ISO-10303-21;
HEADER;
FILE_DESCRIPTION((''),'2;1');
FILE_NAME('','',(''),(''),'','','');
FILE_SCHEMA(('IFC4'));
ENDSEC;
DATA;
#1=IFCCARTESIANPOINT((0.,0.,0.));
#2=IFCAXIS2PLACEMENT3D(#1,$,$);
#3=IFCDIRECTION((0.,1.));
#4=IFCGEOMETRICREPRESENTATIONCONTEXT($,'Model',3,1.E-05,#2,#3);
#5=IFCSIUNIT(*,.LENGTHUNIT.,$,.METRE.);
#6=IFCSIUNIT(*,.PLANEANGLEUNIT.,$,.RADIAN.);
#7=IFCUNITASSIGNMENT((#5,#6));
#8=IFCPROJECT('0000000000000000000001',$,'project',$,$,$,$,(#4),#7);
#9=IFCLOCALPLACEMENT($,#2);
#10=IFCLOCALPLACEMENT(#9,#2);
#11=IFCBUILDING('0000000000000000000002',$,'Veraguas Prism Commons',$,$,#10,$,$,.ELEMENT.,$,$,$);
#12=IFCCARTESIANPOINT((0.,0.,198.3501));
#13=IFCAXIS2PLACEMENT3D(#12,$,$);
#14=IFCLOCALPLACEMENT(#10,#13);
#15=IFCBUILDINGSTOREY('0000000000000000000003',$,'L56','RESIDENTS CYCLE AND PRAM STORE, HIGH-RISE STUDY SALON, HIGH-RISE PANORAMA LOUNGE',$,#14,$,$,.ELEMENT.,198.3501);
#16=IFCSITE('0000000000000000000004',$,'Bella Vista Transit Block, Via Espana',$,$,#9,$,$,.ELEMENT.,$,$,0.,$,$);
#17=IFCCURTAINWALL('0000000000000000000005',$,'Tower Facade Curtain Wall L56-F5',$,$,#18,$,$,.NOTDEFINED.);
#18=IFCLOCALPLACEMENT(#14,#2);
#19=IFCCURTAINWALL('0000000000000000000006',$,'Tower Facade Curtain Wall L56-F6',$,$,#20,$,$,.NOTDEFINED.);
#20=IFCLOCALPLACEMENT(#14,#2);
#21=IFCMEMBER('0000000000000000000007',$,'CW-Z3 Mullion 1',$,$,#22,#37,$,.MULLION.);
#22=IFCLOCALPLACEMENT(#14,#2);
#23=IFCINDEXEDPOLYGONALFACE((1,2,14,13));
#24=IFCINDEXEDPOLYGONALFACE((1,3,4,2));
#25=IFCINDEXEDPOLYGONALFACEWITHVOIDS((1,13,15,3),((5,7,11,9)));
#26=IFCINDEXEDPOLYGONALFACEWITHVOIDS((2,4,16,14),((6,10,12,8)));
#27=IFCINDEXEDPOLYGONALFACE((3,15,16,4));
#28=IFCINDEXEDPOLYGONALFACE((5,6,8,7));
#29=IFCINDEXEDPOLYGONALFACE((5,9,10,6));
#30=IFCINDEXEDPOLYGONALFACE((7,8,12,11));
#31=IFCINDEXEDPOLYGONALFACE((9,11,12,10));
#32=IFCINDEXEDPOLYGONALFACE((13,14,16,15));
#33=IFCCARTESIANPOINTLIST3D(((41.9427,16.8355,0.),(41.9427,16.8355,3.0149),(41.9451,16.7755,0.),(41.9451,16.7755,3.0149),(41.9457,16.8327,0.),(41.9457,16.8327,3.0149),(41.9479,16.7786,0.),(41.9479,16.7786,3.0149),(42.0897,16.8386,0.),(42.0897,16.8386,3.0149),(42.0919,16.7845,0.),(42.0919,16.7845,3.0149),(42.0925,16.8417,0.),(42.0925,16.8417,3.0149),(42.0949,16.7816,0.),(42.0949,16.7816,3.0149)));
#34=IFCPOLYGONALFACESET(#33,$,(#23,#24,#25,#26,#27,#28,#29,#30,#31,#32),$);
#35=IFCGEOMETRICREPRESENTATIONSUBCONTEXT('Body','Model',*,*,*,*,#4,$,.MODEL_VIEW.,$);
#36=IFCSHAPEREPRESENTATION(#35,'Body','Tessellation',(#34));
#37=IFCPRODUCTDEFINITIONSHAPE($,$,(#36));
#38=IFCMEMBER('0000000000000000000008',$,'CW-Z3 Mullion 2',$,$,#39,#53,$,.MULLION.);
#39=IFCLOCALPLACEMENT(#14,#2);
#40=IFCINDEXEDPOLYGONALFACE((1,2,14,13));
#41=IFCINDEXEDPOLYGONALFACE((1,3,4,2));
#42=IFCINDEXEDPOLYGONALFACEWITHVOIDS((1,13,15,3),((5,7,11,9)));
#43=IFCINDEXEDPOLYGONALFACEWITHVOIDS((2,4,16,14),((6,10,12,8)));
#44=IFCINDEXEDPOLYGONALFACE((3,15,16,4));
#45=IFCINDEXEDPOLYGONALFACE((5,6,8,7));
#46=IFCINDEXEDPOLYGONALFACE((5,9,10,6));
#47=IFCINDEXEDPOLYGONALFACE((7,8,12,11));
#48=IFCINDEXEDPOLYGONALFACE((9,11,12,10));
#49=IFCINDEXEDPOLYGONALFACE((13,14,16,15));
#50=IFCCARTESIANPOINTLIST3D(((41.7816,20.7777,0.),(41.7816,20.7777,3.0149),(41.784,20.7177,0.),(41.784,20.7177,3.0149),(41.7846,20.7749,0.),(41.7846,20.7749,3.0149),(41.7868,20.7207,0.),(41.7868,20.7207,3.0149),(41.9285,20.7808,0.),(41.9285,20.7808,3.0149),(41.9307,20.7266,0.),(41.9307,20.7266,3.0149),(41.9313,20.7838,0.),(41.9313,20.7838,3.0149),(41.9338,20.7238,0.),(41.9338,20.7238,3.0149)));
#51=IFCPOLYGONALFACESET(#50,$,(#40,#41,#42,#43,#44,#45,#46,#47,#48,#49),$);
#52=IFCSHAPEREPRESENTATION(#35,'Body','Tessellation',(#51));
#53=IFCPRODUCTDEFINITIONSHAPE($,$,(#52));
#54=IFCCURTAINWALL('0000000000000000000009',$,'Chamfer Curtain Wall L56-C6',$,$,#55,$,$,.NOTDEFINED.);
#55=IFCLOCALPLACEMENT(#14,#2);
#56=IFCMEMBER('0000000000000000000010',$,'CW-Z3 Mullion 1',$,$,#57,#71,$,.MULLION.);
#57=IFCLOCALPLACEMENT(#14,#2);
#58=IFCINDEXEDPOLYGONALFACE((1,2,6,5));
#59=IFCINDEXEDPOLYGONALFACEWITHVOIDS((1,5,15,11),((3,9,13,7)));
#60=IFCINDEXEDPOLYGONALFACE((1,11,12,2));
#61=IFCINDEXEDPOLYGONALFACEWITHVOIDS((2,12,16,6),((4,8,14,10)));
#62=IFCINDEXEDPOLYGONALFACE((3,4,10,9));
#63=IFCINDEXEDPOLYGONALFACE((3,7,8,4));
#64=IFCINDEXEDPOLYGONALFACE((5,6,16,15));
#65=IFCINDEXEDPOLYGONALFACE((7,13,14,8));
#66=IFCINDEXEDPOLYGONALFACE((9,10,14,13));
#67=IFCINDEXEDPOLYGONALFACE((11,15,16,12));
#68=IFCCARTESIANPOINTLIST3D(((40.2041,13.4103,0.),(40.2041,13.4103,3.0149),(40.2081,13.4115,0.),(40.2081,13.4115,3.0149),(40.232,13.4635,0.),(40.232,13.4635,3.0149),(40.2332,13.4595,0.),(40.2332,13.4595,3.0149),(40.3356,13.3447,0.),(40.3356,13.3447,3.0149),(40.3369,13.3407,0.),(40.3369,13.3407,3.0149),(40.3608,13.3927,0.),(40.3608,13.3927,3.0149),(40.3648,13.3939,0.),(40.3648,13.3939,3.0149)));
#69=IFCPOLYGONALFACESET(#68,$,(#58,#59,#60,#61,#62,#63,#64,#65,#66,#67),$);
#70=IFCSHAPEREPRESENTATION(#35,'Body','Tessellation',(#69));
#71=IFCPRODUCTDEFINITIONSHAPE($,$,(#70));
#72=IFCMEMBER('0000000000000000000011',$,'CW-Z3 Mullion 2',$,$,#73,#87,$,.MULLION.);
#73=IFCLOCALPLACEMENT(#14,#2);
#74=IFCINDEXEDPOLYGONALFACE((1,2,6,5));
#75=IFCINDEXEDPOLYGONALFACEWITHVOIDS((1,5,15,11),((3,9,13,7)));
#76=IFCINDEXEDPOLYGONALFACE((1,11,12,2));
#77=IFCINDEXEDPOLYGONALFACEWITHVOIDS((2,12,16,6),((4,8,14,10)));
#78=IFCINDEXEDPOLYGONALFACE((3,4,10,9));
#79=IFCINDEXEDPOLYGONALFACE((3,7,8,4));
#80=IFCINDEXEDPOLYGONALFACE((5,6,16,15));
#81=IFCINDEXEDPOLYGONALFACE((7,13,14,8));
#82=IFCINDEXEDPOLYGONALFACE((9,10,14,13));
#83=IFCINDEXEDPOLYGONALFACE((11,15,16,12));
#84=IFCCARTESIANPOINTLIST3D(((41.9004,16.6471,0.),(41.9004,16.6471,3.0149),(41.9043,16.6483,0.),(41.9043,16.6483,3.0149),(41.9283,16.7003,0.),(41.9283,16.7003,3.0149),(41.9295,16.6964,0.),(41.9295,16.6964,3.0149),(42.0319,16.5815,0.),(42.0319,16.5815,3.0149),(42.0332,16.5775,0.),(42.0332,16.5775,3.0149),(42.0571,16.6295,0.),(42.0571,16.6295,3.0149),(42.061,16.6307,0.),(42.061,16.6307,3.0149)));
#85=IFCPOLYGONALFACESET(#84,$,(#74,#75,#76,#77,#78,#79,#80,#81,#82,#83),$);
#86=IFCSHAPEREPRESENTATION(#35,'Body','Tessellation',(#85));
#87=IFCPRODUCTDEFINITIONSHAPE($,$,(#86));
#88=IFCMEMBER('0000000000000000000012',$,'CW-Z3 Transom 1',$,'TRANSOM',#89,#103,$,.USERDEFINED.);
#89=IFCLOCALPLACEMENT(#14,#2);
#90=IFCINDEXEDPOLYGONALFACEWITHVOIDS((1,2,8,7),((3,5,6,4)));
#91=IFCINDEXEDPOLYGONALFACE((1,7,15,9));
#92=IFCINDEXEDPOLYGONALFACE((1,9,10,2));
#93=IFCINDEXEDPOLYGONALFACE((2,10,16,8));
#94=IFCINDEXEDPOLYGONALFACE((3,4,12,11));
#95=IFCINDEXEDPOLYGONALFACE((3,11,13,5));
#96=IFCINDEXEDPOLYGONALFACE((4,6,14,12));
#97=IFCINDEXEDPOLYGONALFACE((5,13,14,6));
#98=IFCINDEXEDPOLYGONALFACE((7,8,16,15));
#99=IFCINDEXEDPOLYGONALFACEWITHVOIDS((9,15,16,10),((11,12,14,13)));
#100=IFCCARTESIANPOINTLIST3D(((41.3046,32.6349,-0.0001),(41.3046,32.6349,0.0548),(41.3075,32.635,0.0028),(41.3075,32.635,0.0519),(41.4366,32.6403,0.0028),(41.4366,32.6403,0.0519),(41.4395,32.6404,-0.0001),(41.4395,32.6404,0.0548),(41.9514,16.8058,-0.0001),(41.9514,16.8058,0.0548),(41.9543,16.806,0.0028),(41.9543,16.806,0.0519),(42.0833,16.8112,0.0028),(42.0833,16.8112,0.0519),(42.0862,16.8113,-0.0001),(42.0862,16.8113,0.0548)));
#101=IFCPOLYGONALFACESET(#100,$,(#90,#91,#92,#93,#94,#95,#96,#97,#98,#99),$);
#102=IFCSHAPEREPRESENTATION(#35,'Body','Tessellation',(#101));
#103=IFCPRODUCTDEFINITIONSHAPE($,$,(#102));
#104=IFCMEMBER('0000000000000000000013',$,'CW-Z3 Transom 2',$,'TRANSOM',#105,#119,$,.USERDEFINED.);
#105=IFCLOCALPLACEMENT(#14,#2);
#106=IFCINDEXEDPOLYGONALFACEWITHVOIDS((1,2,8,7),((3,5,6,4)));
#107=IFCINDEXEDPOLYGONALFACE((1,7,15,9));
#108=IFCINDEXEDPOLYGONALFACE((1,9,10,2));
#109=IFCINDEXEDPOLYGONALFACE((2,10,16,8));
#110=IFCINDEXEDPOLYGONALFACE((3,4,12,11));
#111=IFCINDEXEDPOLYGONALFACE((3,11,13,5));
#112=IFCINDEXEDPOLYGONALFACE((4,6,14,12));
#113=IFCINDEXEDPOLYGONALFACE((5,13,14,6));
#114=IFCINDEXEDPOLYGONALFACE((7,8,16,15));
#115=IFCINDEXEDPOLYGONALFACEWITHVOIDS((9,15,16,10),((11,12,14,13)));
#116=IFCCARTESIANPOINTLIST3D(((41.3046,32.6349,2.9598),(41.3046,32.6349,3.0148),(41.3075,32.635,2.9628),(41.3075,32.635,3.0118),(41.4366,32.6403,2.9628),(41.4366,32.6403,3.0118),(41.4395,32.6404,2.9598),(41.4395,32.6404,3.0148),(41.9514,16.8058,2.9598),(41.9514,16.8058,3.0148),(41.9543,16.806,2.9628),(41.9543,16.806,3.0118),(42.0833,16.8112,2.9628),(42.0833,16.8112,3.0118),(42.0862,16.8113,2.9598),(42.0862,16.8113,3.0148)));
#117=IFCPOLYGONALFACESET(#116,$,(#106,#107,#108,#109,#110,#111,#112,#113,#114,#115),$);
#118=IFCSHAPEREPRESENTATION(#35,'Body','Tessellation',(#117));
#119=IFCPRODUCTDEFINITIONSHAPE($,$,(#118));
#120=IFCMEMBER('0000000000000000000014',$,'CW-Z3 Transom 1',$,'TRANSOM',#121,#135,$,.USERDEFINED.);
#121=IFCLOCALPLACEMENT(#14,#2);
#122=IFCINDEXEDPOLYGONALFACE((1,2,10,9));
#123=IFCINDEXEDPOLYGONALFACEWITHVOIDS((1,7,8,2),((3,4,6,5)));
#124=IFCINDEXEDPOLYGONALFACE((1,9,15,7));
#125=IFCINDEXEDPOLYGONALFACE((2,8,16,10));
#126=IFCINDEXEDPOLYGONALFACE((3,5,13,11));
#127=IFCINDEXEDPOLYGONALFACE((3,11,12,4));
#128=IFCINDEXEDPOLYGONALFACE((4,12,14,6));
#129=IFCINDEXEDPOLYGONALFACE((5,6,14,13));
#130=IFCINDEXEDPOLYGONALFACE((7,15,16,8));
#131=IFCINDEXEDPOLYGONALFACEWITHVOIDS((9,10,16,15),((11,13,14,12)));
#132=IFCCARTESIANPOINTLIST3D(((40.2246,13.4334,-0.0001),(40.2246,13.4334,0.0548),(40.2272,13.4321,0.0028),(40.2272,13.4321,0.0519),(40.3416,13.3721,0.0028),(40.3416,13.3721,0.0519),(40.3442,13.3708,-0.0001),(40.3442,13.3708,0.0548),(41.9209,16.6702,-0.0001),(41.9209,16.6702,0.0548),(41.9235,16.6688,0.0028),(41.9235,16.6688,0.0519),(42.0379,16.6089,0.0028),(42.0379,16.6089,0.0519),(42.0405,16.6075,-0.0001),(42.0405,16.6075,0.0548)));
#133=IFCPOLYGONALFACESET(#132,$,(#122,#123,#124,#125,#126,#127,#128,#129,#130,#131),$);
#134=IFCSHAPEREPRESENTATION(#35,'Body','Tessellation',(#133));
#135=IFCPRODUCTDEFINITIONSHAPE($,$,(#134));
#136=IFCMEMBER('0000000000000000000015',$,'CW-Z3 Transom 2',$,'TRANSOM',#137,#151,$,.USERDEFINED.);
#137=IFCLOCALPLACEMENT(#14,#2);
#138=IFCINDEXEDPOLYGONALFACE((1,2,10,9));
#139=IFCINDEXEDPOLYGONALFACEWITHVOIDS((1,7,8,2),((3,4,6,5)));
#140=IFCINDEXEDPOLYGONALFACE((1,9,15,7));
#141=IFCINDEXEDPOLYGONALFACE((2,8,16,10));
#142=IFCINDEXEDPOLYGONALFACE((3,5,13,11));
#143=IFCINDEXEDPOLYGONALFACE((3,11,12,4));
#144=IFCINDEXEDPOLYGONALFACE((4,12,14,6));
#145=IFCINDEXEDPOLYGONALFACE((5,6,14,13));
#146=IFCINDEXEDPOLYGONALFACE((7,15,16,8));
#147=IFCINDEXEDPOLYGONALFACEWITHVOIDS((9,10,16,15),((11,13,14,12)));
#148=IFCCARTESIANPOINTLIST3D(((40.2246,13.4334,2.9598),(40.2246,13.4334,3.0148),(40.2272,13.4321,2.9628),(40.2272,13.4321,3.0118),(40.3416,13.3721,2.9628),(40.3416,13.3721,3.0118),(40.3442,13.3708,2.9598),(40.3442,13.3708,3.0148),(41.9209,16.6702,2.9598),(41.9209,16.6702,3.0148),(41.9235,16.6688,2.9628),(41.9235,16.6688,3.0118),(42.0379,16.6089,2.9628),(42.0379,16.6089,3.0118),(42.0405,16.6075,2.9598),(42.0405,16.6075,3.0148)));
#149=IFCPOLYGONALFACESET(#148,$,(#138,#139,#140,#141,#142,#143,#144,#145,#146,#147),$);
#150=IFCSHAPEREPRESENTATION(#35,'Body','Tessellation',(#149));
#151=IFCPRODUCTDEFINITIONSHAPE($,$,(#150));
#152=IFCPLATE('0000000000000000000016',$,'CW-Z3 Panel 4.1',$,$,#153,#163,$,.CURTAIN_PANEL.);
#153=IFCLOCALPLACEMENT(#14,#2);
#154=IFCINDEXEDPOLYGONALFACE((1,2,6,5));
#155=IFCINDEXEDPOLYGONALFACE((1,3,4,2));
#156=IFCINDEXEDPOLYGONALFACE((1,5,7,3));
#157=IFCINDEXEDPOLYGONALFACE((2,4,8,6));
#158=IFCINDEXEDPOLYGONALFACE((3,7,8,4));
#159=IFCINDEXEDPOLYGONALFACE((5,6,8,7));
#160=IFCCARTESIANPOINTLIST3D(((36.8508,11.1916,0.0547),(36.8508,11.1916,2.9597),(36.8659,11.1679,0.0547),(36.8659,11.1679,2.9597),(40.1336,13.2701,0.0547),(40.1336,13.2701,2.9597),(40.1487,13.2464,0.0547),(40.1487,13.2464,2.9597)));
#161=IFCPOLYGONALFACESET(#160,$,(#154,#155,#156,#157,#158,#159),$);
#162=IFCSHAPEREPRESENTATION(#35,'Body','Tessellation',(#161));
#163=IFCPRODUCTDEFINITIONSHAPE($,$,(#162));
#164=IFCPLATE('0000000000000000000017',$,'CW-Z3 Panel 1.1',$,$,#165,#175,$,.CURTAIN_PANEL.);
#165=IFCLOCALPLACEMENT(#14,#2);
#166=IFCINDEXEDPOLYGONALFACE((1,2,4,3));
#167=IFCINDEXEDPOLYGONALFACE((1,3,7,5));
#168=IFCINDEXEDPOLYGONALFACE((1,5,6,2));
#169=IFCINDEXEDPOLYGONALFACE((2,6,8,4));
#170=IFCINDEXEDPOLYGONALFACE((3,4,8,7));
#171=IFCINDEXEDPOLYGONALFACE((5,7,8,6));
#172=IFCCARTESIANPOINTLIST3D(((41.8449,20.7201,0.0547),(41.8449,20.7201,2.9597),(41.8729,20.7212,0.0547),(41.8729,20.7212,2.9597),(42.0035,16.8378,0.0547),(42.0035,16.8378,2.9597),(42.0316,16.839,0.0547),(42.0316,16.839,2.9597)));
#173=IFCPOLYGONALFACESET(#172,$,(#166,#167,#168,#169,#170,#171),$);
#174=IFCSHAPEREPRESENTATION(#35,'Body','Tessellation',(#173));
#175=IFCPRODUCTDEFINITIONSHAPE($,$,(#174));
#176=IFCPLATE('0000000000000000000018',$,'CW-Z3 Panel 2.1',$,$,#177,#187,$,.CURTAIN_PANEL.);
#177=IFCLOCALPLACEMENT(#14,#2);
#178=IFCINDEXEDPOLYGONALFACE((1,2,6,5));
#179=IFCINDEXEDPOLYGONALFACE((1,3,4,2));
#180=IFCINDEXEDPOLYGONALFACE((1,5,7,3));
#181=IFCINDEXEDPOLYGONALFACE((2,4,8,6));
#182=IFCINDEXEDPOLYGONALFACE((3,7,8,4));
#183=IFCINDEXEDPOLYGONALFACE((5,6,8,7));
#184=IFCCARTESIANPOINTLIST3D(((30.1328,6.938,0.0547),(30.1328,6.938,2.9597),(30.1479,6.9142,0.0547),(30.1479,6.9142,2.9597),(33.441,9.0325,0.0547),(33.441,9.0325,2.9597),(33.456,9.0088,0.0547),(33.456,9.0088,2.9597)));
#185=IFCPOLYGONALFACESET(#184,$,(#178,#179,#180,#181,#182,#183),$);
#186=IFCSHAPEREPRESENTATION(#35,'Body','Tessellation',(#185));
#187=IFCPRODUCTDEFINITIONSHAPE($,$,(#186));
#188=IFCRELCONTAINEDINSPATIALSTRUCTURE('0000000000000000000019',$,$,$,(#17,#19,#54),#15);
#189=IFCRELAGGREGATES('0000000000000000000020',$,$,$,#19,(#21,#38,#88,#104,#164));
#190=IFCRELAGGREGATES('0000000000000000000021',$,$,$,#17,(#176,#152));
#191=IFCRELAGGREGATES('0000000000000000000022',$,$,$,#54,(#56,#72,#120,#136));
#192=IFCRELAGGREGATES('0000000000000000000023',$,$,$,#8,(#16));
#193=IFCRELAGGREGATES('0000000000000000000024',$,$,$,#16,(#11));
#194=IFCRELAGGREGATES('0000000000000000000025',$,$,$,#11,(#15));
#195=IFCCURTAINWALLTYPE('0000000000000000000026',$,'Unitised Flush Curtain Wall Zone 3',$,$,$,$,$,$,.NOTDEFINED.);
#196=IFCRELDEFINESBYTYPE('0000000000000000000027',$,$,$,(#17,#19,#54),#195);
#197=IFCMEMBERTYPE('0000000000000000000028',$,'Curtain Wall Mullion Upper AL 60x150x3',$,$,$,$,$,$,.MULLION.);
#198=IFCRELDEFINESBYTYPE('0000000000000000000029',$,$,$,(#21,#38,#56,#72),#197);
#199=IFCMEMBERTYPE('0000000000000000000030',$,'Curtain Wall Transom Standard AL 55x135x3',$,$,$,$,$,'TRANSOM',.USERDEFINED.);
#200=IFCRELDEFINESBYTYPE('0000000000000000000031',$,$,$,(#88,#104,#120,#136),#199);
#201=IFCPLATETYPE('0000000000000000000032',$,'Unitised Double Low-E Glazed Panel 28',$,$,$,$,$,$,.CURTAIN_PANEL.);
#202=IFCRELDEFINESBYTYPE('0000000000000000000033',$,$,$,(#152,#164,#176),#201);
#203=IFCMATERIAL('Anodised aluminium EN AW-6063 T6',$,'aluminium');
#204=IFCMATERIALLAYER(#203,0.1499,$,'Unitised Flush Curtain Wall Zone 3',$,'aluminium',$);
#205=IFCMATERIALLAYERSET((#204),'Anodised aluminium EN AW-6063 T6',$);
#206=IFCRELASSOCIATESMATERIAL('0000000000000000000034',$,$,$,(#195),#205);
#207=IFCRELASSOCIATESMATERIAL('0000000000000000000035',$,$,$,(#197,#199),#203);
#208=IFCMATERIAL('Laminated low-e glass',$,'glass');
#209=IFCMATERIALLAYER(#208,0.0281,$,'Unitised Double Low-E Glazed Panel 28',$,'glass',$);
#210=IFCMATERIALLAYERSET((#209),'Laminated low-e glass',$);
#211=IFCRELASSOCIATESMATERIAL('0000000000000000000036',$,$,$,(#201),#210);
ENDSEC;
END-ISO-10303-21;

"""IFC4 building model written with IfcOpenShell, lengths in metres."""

from ifc_helpers import new_model, si_unit, direction, frame, origin, origin_2d, place, context, subcontext, project, spatial, rectangle, hollow_rectangle, extrude, source, transform, mapped, material, layer, layer_set, material_profile, profile_set, type_object, element, aggregate, save


model = new_model("IFC4")

# Units and contexts
model_context = context("Model", 3, precision=1e-05, world=origin(), true_north=direction((0.0, 1.0)))
body_context = subcontext(model_context, "Body", "Model", "MODEL_VIEW")
ifc_project = project(units=[si_unit("LENGTHUNIT", "METRE"), si_unit("PLANEANGLEUNIT", "RADIAN")], contexts=[model_context])

# Site, building, storey
site_placement = place(None, origin())
site = spatial("IfcSite", under=ifc_project, at=site_placement, Name="Bella Vista Transit Block, Via Espana", CompositionType="ELEMENT", RefElevation=0.0)
building_placement = place(site_placement, origin())
building = spatial("IfcBuilding", under=site, at=building_placement, Name="Veraguas Prism Commons", CompositionType="ELEMENT")
storey_placement = place(building_placement, frame((0.0, 0.0, 198.3501)))
storey = spatial("IfcBuildingStorey", under=building, at=storey_placement, Name="L56", Description="RESIDENTS CYCLE AND PRAM STORE, HIGH-RISE STUDY SALON, HIGH-RISE PANORAMA LOUNGE", CompositionType="ELEMENT", Elevation=198.3501)

# Curtain walls, members
ifc_material_1 = material(Name="Anodised aluminium EN AW-6063 T6", Category="aluminium")
ifc_layer_1 = layer(ifc_material_1, 0.1499, Name="Unitised Flush Curtain Wall Zone 3", Category="aluminium")
ifc_layer_set_1 = layer_set([ifc_layer_1], Name="Anodised aluminium EN AW-6063 T6")
curtain_wall_type = type_object("IfcCurtainWallType", Name="Unitised Flush Curtain Wall Zone 3", PredefinedType="NOTDEFINED", material=ifc_layer_set_1)
curtain_wall_1_placement = place(storey_placement, origin())
curtain_wall_1 = element("IfcCurtainWall", 1, at=curtain_wall_1_placement, inside=storey, type_object=curtain_wall_type, Name="Tower Facade Curtain Wall L56-F5", PredefinedType="NOTDEFINED")
ifc_material_profile_1 = material_profile(ifc_material_1, hollow_rectangle(XDim=0.0601, YDim=0.1499, WallThickness=0.0029, at=origin_2d()), Name="AL60X150X3")
ifc_profile_set_1 = profile_set([ifc_material_profile_1], Name="Anodised aluminium EN AW-6063 T6")
member_type_1 = type_object("IfcMemberType", Name="Curtain Wall Mullion Upper AL 60x150x3", PredefinedType="MULLION", material=ifc_profile_set_1)
shared_shape_1 = source(origin(), body_context, "Body", "SweptSolid", [
    extrude(hollow_rectangle(XDim=0.0601, YDim=0.1499, WallThickness=0.0029, at=origin_2d()), origin(), (0.0, 0.0, 1.0), 3.0149),
])
curtain_wall_2_placement = place(storey_placement, origin())
curtain_wall_2 = element("IfcCurtainWall", 2, at=curtain_wall_2_placement, inside=storey, type_object=curtain_wall_type, Name="Tower Facade Curtain Wall L56-F6", PredefinedType="NOTDEFINED")
member_1_placement = place(storey_placement, frame((42.0188, 16.8086, 0.0), z_axis=(0.0, 0.0, 1.0), x_axis=(-0.040829, 0.999166, 0.0)))
member_1 = element("IfcMember", 3, at=member_1_placement, type_object=member_type_1, Name="CW-Z3 Mullion 1", PredefinedType="MULLION", context=body_context, shape_type="MappedRepresentation", body=[
    mapped(shared_shape_1, transform((0.0, 0.0, 0.0), scale=1.0)),
])
member_2_placement = place(storey_placement, frame((41.8577, 20.7507, 0.0), z_axis=(0.0, 0.0, 1.0), x_axis=(-0.040829, 0.999166, 0.0)))
member_2 = element("IfcMember", 4, at=member_2_placement, type_object=member_type_1, Name="CW-Z3 Mullion 2", PredefinedType="MULLION", context=body_context, shape_type="MappedRepresentation", body=[
    mapped(shared_shape_1, transform((0.0, 0.0, 0.0), scale=1.0)),
])
curtain_wall_3_placement = place(storey_placement, origin())
curtain_wall_3 = element("IfcCurtainWall", 5, at=curtain_wall_3_placement, inside=storey, type_object=curtain_wall_type, Name="Chamfer Curtain Wall L56-C6", PredefinedType="NOTDEFINED")
member_3_placement = place(storey_placement, frame((40.2844, 13.4021, 0.0), z_axis=(0.0, 0.0, 1.0), x_axis=(0.46419, 0.885736, 0.0)))
member_3 = element("IfcMember", 6, at=member_3_placement, type_object=member_type_1, Name="CW-Z3 Mullion 1", PredefinedType="MULLION", context=body_context, shape_type="MappedRepresentation", body=[
    mapped(shared_shape_1, transform((0.0, 0.0, 0.0), scale=1.0)),
])
member_4_placement = place(storey_placement, frame((41.9807, 16.6389, 0.0), z_axis=(0.0, 0.0, 1.0), x_axis=(0.46419, 0.885736, 0.0)))
member_4 = element("IfcMember", 7, at=member_4_placement, type_object=member_type_1, Name="CW-Z3 Mullion 2", PredefinedType="MULLION", context=body_context, shape_type="MappedRepresentation", body=[
    mapped(shared_shape_1, transform((0.0, 0.0, 0.0), scale=1.0)),
])

# Members
ifc_material_profile_2 = material_profile(ifc_material_1, hollow_rectangle(XDim=0.0549, YDim=0.135, WallThickness=0.0029, at=origin_2d()), Name="AL55X135X3")
ifc_profile_set_2 = profile_set([ifc_material_profile_2], Name="Anodised aluminium EN AW-6063 T6")
member_type_2 = type_object("IfcMemberType", Name="Curtain Wall Transom Standard AL 55x135x3", ElementType="TRANSOM", PredefinedType="USERDEFINED", material=ifc_profile_set_2)
shared_shape_2 = source(origin(), body_context, "Body", "SweptSolid", [
    extrude(hollow_rectangle(XDim=0.0549, YDim=0.135, WallThickness=0.0029, at=origin_2d()), origin(), (0.0, 0.0, 1.0), 15.8423),
])
member_5_placement = place(storey_placement, frame((42.0188, 16.8086, 0.0273), z_axis=(-0.040823, 0.999166, 0.0), x_axis=(0.0, 0.0, 1.0)))
member_5 = element("IfcMember", 8, at=member_5_placement, type_object=member_type_2, Name="CW-Z3 Transom 1", ObjectType="TRANSOM", PredefinedType="USERDEFINED", context=body_context, shape_type="MappedRepresentation", body=[
    mapped(shared_shape_2, transform((0.0, 0.0, 0.0), scale=1.0)),
])
member_6_placement = place(storey_placement, frame((42.0188, 16.8086, 2.9873), z_axis=(-0.040823, 0.999166, 0.0), x_axis=(0.0, 0.0, 1.0)))
member_6 = element("IfcMember", 9, at=member_6_placement, type_object=member_type_2, Name="CW-Z3 Transom 2", ObjectType="TRANSOM", PredefinedType="USERDEFINED", context=body_context, shape_type="MappedRepresentation", body=[
    mapped(shared_shape_2, transform((0.0, 0.0, 0.0), scale=1.0)),
])
shared_shape_3 = source(origin(), body_context, "Body", "SweptSolid", [
    extrude(hollow_rectangle(XDim=0.0549, YDim=0.135, WallThickness=0.0029, at=origin_2d()), origin(), (0.0, 0.0, 1.0), 3.6543),
])
member_7_placement = place(storey_placement, frame((40.2844, 13.4021, 0.0273), z_axis=(0.464182, 0.88574, 0.0), x_axis=(0.0, 0.0, 1.0)))
member_7 = element("IfcMember", 10, at=member_7_placement, type_object=member_type_2, Name="CW-Z3 Transom 1", ObjectType="TRANSOM", PredefinedType="USERDEFINED", context=body_context, shape_type="MappedRepresentation", body=[
    mapped(shared_shape_3, transform((0.0, 0.0, 0.0), scale=1.0)),
])
member_8_placement = place(storey_placement, frame((40.2844, 13.4021, 2.9873), z_axis=(0.464182, 0.88574, 0.0), x_axis=(0.0, 0.0, 1.0)))
member_8 = element("IfcMember", 11, at=member_8_placement, type_object=member_type_2, Name="CW-Z3 Transom 2", ObjectType="TRANSOM", PredefinedType="USERDEFINED", context=body_context, shape_type="MappedRepresentation", body=[
    mapped(shared_shape_3, transform((0.0, 0.0, 0.0), scale=1.0)),
])

# Plates
ifc_material_2 = material(Name="Laminated low-e glass", Category="glass")
ifc_layer_2 = layer(ifc_material_2, 0.0281, Name="Unitised Double Low-E Glazed Panel 28", Category="glass")
ifc_layer_set_2 = layer_set([ifc_layer_2], Name="Laminated low-e glass")
plate_type = type_object("IfcPlateType", Name="Unitised Double Low-E Glazed Panel 28", PredefinedType="CURTAIN_PANEL", material=ifc_layer_set_2)
shared_shape_4 = source(origin(), body_context, "Body", "SweptSolid", [
    extrude(rectangle(XDim=3.8855, YDim=0.0281, at=origin_2d()), origin(), (0.0, 0.0, 1.0), 2.905),
])
plate_1_placement = place(storey_placement, frame((38.4998, 12.219, 0.0547), z_axis=(0.0, 0.0, 1.0), x_axis=(0.844887, 0.534945, 0.0)))
plate_1 = element("IfcPlate", 12, at=plate_1_placement, type_object=plate_type, Name="CW-Z3 Panel 4.1", PredefinedType="CURTAIN_PANEL", context=body_context, shape_type="MappedRepresentation", body=[
    mapped(shared_shape_4, transform((0.0, 0.0, 0.0), scale=1.0)),
])
plate_2_placement = place(storey_placement, frame((41.9382, 18.7795, 0.0547), z_axis=(0.0, 0.0, 1.0), x_axis=(-0.040829, 0.999166, 0.0)))
plate_2 = element("IfcPlate", 13, at=plate_2_placement, type_object=plate_type, Name="CW-Z3 Panel 1.1", PredefinedType="CURTAIN_PANEL", context=body_context, shape_type="MappedRepresentation", body=[
    mapped(shared_shape_4, transform((0.0, 0.0, 0.0), scale=1.0)),
])
aggregate(curtain_wall_2, [member_1, member_2, member_5, member_6, plate_2])
shared_shape_5 = source(origin(), body_context, "Body", "SweptSolid", [
    extrude(rectangle(XDim=3.9155, YDim=0.0281, at=origin_2d()), origin(), (0.0, 0.0, 1.0), 2.905),
])
plate_3_placement = place(storey_placement, frame((31.7944, 7.9734, 0.0547), z_axis=(0.0, 0.0, 1.0), x_axis=(0.844887, 0.534945, 0.0)))
plate_3 = element("IfcPlate", 14, at=plate_3_placement, type_object=plate_type, Name="CW-Z3 Panel 2.1", PredefinedType="CURTAIN_PANEL", context=body_context, shape_type="MappedRepresentation", body=[
    mapped(shared_shape_5, transform((0.0, 0.0, 0.0), scale=1.0)),
])
aggregate(curtain_wall_1, [plate_3, plate_1])
aggregate(curtain_wall_3, [member_3, member_4, member_7, member_8])

save(model, "model.ifc")
